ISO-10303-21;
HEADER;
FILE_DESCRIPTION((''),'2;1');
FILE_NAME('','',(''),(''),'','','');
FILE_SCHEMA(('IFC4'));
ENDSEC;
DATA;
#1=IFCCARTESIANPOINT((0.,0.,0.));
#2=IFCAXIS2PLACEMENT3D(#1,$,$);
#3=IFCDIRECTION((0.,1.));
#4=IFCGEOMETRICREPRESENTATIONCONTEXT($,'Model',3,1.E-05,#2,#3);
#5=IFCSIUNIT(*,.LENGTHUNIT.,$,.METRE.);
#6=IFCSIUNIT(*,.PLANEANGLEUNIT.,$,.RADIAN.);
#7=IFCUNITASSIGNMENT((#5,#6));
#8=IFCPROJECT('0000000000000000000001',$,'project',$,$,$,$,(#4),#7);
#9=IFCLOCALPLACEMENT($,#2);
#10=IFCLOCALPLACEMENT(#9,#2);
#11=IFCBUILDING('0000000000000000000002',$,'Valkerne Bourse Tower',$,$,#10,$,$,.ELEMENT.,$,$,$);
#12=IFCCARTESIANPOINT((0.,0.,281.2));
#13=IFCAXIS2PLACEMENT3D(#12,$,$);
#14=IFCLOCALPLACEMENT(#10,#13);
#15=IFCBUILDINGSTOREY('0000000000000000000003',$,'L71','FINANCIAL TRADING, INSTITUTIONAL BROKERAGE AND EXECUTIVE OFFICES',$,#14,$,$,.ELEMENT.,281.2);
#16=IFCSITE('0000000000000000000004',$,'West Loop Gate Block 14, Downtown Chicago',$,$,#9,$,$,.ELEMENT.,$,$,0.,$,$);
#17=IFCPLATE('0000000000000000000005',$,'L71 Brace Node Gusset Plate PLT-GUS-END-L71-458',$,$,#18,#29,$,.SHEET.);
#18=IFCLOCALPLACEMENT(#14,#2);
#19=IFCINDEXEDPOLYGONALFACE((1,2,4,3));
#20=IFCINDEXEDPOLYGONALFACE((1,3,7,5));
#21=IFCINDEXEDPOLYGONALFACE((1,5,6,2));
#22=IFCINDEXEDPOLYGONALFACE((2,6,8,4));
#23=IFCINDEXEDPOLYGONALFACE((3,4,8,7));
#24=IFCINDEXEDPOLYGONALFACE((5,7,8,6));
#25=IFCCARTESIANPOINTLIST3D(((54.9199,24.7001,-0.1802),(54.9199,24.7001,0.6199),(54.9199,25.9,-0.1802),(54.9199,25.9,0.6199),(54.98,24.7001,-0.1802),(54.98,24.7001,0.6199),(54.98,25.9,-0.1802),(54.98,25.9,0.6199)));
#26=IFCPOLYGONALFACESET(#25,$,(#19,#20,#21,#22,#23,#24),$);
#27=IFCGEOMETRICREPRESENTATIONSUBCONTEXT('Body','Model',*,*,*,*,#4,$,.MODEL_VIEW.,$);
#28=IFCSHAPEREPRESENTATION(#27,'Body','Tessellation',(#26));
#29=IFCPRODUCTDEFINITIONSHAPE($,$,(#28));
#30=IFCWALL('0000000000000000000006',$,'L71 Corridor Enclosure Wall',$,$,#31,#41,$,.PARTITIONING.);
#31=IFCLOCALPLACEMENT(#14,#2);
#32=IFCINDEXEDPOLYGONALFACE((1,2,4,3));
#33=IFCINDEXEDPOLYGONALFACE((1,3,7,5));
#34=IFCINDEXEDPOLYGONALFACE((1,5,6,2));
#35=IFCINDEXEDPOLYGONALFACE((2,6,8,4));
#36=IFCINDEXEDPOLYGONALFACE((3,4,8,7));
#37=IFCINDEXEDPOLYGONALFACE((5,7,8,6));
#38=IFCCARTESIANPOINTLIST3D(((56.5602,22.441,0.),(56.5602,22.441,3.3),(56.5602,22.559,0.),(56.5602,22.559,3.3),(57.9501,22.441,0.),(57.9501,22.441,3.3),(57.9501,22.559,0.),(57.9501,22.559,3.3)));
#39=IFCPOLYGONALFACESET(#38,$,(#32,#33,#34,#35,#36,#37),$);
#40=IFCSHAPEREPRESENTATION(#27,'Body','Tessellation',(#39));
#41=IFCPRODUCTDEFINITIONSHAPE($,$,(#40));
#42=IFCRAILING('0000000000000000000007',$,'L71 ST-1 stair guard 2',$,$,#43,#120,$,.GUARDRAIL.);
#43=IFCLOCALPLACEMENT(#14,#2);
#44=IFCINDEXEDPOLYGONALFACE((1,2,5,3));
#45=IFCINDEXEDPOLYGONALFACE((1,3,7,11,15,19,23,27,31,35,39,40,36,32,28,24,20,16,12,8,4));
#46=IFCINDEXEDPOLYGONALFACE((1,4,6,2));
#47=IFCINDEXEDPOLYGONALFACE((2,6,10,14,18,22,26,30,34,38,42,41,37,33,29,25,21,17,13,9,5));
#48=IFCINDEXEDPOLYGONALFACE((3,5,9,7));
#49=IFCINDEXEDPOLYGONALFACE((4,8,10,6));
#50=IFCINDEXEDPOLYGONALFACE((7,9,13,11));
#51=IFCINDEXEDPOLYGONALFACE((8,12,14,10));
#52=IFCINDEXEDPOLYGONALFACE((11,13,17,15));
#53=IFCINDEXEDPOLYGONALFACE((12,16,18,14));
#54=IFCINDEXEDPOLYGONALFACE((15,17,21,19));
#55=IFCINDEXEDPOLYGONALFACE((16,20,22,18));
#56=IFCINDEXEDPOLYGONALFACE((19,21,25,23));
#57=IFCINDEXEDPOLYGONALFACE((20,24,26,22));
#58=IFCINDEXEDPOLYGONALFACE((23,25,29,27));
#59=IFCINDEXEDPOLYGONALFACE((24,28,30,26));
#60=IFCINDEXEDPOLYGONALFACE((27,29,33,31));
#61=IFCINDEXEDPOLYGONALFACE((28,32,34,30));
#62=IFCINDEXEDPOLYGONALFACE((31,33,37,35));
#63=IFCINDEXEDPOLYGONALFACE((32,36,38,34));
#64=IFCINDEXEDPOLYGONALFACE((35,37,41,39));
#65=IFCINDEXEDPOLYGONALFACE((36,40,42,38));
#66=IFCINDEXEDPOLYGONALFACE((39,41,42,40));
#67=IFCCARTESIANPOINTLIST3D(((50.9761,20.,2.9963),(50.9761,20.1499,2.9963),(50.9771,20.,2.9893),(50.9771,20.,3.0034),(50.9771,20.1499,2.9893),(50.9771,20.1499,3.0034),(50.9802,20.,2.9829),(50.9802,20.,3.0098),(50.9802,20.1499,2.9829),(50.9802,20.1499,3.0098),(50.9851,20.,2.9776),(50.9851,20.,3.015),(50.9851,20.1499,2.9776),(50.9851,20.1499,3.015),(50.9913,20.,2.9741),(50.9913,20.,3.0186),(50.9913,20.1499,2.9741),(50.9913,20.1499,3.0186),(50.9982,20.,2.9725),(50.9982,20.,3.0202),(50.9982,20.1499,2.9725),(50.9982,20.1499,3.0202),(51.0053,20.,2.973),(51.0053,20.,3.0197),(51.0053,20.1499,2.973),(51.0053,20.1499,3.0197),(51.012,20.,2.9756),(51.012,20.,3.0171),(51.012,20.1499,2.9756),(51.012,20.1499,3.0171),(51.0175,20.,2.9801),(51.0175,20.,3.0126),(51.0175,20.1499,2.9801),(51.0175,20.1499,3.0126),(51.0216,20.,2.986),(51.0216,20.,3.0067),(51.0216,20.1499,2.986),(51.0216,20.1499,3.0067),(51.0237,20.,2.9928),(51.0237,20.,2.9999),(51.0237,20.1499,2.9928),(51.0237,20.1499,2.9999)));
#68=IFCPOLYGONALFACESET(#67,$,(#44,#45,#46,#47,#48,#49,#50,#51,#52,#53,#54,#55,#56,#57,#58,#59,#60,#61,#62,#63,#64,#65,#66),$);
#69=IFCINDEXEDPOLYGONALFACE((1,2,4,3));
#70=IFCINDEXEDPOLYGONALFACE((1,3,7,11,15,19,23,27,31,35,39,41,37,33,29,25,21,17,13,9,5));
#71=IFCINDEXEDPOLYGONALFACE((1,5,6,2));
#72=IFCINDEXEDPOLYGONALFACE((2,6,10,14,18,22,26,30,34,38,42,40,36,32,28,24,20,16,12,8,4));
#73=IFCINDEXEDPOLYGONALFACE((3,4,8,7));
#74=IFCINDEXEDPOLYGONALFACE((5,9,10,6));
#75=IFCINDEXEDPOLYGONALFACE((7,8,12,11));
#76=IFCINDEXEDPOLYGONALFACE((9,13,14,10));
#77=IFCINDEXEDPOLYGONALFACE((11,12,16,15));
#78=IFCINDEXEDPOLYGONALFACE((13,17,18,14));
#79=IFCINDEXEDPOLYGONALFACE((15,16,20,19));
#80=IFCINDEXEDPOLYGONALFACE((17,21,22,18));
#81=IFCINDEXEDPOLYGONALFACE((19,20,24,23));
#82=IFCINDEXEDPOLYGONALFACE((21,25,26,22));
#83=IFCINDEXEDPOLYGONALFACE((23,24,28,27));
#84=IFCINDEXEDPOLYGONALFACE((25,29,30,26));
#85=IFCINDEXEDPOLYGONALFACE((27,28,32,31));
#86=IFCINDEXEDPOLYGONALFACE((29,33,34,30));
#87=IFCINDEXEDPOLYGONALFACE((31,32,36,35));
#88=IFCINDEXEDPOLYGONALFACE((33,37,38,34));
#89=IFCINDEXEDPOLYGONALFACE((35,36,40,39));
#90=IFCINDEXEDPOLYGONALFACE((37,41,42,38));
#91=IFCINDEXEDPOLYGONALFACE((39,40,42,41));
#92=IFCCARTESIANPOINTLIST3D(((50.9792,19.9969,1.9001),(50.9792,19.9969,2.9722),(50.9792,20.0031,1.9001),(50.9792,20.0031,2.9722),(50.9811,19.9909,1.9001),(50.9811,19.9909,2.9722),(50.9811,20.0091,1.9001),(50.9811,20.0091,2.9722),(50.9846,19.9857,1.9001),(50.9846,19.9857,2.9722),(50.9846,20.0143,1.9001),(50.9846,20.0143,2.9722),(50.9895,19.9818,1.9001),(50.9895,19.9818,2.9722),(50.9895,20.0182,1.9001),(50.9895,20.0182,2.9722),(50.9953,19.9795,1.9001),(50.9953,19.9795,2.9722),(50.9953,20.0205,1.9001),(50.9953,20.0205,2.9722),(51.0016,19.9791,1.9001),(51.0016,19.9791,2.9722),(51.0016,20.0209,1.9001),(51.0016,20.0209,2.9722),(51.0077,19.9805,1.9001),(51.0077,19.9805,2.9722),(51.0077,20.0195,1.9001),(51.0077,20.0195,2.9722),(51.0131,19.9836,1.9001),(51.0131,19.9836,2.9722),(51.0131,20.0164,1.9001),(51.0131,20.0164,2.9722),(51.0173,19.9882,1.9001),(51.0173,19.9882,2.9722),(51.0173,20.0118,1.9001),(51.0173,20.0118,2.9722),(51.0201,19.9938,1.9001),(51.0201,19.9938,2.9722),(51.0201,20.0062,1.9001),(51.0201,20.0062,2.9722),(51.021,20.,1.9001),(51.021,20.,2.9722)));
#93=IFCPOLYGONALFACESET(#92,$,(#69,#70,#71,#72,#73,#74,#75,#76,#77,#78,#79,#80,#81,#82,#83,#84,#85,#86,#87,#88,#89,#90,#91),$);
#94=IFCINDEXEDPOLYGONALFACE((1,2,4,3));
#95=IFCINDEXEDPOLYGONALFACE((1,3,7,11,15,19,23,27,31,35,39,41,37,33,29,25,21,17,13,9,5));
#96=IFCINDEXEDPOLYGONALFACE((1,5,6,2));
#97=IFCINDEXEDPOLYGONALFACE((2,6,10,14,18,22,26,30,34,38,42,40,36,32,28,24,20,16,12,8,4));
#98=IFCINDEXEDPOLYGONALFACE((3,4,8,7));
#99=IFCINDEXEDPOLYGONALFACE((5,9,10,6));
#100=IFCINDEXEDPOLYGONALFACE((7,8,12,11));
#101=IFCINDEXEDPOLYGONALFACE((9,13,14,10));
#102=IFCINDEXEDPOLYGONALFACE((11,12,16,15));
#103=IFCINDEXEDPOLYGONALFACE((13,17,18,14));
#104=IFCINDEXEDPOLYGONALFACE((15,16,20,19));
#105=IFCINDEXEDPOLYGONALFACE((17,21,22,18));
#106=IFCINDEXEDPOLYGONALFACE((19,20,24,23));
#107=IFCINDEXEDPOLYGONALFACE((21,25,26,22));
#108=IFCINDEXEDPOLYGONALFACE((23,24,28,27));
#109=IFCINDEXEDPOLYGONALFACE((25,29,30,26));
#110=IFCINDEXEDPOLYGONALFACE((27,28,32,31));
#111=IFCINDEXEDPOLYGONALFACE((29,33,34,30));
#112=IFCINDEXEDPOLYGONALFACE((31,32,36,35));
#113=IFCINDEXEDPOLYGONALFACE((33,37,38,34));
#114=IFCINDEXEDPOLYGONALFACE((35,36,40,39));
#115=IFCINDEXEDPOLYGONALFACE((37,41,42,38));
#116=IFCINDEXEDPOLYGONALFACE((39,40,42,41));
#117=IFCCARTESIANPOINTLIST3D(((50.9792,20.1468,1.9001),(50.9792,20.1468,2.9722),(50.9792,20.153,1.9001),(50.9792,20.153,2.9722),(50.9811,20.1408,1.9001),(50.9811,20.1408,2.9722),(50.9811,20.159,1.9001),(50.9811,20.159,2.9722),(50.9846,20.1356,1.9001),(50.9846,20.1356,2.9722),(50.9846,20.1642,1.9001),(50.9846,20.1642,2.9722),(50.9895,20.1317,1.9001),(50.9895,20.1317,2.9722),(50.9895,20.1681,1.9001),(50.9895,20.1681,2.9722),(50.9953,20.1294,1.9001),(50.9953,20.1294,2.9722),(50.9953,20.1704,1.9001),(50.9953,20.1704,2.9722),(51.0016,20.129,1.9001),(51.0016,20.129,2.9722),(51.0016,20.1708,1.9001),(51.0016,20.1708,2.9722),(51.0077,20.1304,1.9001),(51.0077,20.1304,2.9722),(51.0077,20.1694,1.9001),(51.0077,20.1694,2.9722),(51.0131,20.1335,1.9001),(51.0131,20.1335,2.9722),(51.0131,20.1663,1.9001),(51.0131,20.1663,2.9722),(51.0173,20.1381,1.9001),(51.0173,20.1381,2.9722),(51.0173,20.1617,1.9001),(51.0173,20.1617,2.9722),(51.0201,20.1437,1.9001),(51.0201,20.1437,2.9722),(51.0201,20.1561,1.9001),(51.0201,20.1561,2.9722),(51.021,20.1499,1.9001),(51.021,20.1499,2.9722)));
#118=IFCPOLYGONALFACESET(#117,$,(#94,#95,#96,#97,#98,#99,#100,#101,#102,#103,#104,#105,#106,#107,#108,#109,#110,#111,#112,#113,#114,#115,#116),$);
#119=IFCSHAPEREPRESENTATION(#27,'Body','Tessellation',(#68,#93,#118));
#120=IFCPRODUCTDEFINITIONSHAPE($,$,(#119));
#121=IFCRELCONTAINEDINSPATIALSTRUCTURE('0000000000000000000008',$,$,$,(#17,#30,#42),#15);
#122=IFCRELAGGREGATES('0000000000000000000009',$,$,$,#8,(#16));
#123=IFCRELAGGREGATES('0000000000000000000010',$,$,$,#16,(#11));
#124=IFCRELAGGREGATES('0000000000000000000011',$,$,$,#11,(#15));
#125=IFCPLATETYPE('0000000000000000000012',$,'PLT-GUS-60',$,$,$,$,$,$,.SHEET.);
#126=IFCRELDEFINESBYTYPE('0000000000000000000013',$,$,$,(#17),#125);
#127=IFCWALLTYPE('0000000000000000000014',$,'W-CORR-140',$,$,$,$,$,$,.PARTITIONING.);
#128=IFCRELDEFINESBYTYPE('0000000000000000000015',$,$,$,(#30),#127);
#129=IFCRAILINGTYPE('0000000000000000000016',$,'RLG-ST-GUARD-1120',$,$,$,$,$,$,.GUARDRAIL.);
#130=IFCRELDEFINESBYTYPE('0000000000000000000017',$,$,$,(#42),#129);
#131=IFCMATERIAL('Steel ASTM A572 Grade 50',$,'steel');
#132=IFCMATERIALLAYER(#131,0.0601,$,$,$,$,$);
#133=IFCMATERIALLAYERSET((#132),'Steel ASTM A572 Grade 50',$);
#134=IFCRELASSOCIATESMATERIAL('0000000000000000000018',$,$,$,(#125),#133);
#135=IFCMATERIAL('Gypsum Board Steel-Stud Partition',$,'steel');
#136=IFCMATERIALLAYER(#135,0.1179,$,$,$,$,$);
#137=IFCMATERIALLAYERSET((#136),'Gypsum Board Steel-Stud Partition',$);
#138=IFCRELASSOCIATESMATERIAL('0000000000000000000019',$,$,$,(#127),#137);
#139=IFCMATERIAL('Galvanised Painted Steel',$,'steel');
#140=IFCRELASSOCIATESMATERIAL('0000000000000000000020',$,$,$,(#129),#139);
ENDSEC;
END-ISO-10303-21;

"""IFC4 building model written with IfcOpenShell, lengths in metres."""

from ifc_helpers import new_model, si_unit, direction, frame, frame_2d, origin, origin_2d, place, context, subcontext, project, spatial, rectangle, circle, extrude, material, layer, layer_set, type_object, element, save


model = new_model("IFC4")

# Units and contexts
model_context = context("Model", 3, precision=1e-05, world=origin(), true_north=direction((0.0, 1.0)))
body_context = subcontext(model_context, "Body", "Model", "MODEL_VIEW")
ifc_project = project(units=[si_unit("LENGTHUNIT", "METRE"), si_unit("PLANEANGLEUNIT", "RADIAN")], contexts=[model_context])

# Site, building, storey
site_placement = place(None, origin())
site = spatial("IfcSite", under=ifc_project, at=site_placement, Name="West Loop Gate Block 14, Downtown Chicago", CompositionType="ELEMENT", RefElevation=0.0)
building_placement = place(site_placement, origin())
building = spatial("IfcBuilding", under=site, at=building_placement, Name="Valkerne Bourse Tower", CompositionType="ELEMENT")
storey_placement = place(building_placement, frame((0.0, 0.0, 281.2)))
storey = spatial("IfcBuildingStorey", under=building, at=storey_placement, Name="L71", Description="FINANCIAL TRADING, INSTITUTIONAL BROKERAGE AND EXECUTIVE OFFICES", CompositionType="ELEMENT", Elevation=281.2)

# Plate
ifc_material_1 = material(Name="Steel ASTM A572 Grade 50", Category="steel")
ifc_layer_1 = layer(ifc_material_1, 0.0601)
ifc_layer_set_1 = layer_set([ifc_layer_1], Name="Steel ASTM A572 Grade 50")
plate_type_1 = type_object("IfcPlateType", Name="PLT-GUS-60", PredefinedType="SHEET", material=ifc_layer_set_1)
plate_1_placement = place(storey_placement, frame((54.95, 25.3, -0.1802), z_axis=(0.0, 0.0, 1.0), x_axis=(0.0, 1.0, 0.0)))
element("IfcPlate", 1, at=plate_1_placement, inside=storey, type_object=plate_type_1, Name="L71 Brace Node Gusset Plate PLT-GUS-END-L71-458", PredefinedType="SHEET", context=body_context, shape_type="SweptSolid", body=[
    extrude(rectangle(XDim=1.2, YDim=0.0601, at=origin_2d()), origin(), (0.0, 0.0, 1.0), 0.8),
])

# Wall
ifc_material_2 = material(Name="Gypsum Board Steel-Stud Partition", Category="steel")
ifc_layer_2 = layer(ifc_material_2, 0.1179)
ifc_layer_set_2 = layer_set([ifc_layer_2], Name="Gypsum Board Steel-Stud Partition")
wall_type = type_object("IfcWallType", Name="W-CORR-140", PredefinedType="PARTITIONING", material=ifc_layer_set_2)
wall_placement = place(storey_placement, frame((57.95, 22.5, 0.0), z_axis=(0.0, 0.0, 1.0), x_axis=(-1.0, 0.0, 0.0)))
element("IfcWall", 2, at=wall_placement, inside=storey, type_object=wall_type, Name="L71 Corridor Enclosure Wall", PredefinedType="PARTITIONING", context=body_context, shape_type="SweptSolid", body=[
    extrude(rectangle(XDim=1.3899, YDim=0.1179, at=frame_2d((0.6948, 0.0))), origin(), (0.0, 0.0, 1.0), 3.3),
])

# Railing
ifc_material_3 = material(Name="Galvanised Painted Steel", Category="steel")
railing_type = type_object("IfcRailingType", Name="RLG-ST-GUARD-1120", PredefinedType="GUARDRAIL", material=ifc_material_3)
railing_placement = place(storey_placement, frame((51.0, 20.0, 1.9001)))
element("IfcRailing", 3, at=railing_placement, inside=storey, type_object=railing_type, Name="L71 ST-1 stair guard 2", PredefinedType="GUARDRAIL", context=body_context, shape_type="SweptSolid", body=[
    extrude(circle(Radius=0.0239, at=origin_2d()), frame((0.0, 0.0, 1.0962), z_axis=(0.0, 1.0, 0.0), x_axis=(-1.0, 0.0, 0.0)), (0.0, 0.0, 1.0), 0.1499),
    extrude(circle(Radius=0.021, at=origin_2d()), origin(), (0.0, 0.0, 1.0), 1.072),
    extrude(circle(Radius=0.021, at=origin_2d()), frame((0.0, 0.1499, 0.0)), (0.0, 0.0, 1.0), 1.072),
])

save(model, "model.ifc")
